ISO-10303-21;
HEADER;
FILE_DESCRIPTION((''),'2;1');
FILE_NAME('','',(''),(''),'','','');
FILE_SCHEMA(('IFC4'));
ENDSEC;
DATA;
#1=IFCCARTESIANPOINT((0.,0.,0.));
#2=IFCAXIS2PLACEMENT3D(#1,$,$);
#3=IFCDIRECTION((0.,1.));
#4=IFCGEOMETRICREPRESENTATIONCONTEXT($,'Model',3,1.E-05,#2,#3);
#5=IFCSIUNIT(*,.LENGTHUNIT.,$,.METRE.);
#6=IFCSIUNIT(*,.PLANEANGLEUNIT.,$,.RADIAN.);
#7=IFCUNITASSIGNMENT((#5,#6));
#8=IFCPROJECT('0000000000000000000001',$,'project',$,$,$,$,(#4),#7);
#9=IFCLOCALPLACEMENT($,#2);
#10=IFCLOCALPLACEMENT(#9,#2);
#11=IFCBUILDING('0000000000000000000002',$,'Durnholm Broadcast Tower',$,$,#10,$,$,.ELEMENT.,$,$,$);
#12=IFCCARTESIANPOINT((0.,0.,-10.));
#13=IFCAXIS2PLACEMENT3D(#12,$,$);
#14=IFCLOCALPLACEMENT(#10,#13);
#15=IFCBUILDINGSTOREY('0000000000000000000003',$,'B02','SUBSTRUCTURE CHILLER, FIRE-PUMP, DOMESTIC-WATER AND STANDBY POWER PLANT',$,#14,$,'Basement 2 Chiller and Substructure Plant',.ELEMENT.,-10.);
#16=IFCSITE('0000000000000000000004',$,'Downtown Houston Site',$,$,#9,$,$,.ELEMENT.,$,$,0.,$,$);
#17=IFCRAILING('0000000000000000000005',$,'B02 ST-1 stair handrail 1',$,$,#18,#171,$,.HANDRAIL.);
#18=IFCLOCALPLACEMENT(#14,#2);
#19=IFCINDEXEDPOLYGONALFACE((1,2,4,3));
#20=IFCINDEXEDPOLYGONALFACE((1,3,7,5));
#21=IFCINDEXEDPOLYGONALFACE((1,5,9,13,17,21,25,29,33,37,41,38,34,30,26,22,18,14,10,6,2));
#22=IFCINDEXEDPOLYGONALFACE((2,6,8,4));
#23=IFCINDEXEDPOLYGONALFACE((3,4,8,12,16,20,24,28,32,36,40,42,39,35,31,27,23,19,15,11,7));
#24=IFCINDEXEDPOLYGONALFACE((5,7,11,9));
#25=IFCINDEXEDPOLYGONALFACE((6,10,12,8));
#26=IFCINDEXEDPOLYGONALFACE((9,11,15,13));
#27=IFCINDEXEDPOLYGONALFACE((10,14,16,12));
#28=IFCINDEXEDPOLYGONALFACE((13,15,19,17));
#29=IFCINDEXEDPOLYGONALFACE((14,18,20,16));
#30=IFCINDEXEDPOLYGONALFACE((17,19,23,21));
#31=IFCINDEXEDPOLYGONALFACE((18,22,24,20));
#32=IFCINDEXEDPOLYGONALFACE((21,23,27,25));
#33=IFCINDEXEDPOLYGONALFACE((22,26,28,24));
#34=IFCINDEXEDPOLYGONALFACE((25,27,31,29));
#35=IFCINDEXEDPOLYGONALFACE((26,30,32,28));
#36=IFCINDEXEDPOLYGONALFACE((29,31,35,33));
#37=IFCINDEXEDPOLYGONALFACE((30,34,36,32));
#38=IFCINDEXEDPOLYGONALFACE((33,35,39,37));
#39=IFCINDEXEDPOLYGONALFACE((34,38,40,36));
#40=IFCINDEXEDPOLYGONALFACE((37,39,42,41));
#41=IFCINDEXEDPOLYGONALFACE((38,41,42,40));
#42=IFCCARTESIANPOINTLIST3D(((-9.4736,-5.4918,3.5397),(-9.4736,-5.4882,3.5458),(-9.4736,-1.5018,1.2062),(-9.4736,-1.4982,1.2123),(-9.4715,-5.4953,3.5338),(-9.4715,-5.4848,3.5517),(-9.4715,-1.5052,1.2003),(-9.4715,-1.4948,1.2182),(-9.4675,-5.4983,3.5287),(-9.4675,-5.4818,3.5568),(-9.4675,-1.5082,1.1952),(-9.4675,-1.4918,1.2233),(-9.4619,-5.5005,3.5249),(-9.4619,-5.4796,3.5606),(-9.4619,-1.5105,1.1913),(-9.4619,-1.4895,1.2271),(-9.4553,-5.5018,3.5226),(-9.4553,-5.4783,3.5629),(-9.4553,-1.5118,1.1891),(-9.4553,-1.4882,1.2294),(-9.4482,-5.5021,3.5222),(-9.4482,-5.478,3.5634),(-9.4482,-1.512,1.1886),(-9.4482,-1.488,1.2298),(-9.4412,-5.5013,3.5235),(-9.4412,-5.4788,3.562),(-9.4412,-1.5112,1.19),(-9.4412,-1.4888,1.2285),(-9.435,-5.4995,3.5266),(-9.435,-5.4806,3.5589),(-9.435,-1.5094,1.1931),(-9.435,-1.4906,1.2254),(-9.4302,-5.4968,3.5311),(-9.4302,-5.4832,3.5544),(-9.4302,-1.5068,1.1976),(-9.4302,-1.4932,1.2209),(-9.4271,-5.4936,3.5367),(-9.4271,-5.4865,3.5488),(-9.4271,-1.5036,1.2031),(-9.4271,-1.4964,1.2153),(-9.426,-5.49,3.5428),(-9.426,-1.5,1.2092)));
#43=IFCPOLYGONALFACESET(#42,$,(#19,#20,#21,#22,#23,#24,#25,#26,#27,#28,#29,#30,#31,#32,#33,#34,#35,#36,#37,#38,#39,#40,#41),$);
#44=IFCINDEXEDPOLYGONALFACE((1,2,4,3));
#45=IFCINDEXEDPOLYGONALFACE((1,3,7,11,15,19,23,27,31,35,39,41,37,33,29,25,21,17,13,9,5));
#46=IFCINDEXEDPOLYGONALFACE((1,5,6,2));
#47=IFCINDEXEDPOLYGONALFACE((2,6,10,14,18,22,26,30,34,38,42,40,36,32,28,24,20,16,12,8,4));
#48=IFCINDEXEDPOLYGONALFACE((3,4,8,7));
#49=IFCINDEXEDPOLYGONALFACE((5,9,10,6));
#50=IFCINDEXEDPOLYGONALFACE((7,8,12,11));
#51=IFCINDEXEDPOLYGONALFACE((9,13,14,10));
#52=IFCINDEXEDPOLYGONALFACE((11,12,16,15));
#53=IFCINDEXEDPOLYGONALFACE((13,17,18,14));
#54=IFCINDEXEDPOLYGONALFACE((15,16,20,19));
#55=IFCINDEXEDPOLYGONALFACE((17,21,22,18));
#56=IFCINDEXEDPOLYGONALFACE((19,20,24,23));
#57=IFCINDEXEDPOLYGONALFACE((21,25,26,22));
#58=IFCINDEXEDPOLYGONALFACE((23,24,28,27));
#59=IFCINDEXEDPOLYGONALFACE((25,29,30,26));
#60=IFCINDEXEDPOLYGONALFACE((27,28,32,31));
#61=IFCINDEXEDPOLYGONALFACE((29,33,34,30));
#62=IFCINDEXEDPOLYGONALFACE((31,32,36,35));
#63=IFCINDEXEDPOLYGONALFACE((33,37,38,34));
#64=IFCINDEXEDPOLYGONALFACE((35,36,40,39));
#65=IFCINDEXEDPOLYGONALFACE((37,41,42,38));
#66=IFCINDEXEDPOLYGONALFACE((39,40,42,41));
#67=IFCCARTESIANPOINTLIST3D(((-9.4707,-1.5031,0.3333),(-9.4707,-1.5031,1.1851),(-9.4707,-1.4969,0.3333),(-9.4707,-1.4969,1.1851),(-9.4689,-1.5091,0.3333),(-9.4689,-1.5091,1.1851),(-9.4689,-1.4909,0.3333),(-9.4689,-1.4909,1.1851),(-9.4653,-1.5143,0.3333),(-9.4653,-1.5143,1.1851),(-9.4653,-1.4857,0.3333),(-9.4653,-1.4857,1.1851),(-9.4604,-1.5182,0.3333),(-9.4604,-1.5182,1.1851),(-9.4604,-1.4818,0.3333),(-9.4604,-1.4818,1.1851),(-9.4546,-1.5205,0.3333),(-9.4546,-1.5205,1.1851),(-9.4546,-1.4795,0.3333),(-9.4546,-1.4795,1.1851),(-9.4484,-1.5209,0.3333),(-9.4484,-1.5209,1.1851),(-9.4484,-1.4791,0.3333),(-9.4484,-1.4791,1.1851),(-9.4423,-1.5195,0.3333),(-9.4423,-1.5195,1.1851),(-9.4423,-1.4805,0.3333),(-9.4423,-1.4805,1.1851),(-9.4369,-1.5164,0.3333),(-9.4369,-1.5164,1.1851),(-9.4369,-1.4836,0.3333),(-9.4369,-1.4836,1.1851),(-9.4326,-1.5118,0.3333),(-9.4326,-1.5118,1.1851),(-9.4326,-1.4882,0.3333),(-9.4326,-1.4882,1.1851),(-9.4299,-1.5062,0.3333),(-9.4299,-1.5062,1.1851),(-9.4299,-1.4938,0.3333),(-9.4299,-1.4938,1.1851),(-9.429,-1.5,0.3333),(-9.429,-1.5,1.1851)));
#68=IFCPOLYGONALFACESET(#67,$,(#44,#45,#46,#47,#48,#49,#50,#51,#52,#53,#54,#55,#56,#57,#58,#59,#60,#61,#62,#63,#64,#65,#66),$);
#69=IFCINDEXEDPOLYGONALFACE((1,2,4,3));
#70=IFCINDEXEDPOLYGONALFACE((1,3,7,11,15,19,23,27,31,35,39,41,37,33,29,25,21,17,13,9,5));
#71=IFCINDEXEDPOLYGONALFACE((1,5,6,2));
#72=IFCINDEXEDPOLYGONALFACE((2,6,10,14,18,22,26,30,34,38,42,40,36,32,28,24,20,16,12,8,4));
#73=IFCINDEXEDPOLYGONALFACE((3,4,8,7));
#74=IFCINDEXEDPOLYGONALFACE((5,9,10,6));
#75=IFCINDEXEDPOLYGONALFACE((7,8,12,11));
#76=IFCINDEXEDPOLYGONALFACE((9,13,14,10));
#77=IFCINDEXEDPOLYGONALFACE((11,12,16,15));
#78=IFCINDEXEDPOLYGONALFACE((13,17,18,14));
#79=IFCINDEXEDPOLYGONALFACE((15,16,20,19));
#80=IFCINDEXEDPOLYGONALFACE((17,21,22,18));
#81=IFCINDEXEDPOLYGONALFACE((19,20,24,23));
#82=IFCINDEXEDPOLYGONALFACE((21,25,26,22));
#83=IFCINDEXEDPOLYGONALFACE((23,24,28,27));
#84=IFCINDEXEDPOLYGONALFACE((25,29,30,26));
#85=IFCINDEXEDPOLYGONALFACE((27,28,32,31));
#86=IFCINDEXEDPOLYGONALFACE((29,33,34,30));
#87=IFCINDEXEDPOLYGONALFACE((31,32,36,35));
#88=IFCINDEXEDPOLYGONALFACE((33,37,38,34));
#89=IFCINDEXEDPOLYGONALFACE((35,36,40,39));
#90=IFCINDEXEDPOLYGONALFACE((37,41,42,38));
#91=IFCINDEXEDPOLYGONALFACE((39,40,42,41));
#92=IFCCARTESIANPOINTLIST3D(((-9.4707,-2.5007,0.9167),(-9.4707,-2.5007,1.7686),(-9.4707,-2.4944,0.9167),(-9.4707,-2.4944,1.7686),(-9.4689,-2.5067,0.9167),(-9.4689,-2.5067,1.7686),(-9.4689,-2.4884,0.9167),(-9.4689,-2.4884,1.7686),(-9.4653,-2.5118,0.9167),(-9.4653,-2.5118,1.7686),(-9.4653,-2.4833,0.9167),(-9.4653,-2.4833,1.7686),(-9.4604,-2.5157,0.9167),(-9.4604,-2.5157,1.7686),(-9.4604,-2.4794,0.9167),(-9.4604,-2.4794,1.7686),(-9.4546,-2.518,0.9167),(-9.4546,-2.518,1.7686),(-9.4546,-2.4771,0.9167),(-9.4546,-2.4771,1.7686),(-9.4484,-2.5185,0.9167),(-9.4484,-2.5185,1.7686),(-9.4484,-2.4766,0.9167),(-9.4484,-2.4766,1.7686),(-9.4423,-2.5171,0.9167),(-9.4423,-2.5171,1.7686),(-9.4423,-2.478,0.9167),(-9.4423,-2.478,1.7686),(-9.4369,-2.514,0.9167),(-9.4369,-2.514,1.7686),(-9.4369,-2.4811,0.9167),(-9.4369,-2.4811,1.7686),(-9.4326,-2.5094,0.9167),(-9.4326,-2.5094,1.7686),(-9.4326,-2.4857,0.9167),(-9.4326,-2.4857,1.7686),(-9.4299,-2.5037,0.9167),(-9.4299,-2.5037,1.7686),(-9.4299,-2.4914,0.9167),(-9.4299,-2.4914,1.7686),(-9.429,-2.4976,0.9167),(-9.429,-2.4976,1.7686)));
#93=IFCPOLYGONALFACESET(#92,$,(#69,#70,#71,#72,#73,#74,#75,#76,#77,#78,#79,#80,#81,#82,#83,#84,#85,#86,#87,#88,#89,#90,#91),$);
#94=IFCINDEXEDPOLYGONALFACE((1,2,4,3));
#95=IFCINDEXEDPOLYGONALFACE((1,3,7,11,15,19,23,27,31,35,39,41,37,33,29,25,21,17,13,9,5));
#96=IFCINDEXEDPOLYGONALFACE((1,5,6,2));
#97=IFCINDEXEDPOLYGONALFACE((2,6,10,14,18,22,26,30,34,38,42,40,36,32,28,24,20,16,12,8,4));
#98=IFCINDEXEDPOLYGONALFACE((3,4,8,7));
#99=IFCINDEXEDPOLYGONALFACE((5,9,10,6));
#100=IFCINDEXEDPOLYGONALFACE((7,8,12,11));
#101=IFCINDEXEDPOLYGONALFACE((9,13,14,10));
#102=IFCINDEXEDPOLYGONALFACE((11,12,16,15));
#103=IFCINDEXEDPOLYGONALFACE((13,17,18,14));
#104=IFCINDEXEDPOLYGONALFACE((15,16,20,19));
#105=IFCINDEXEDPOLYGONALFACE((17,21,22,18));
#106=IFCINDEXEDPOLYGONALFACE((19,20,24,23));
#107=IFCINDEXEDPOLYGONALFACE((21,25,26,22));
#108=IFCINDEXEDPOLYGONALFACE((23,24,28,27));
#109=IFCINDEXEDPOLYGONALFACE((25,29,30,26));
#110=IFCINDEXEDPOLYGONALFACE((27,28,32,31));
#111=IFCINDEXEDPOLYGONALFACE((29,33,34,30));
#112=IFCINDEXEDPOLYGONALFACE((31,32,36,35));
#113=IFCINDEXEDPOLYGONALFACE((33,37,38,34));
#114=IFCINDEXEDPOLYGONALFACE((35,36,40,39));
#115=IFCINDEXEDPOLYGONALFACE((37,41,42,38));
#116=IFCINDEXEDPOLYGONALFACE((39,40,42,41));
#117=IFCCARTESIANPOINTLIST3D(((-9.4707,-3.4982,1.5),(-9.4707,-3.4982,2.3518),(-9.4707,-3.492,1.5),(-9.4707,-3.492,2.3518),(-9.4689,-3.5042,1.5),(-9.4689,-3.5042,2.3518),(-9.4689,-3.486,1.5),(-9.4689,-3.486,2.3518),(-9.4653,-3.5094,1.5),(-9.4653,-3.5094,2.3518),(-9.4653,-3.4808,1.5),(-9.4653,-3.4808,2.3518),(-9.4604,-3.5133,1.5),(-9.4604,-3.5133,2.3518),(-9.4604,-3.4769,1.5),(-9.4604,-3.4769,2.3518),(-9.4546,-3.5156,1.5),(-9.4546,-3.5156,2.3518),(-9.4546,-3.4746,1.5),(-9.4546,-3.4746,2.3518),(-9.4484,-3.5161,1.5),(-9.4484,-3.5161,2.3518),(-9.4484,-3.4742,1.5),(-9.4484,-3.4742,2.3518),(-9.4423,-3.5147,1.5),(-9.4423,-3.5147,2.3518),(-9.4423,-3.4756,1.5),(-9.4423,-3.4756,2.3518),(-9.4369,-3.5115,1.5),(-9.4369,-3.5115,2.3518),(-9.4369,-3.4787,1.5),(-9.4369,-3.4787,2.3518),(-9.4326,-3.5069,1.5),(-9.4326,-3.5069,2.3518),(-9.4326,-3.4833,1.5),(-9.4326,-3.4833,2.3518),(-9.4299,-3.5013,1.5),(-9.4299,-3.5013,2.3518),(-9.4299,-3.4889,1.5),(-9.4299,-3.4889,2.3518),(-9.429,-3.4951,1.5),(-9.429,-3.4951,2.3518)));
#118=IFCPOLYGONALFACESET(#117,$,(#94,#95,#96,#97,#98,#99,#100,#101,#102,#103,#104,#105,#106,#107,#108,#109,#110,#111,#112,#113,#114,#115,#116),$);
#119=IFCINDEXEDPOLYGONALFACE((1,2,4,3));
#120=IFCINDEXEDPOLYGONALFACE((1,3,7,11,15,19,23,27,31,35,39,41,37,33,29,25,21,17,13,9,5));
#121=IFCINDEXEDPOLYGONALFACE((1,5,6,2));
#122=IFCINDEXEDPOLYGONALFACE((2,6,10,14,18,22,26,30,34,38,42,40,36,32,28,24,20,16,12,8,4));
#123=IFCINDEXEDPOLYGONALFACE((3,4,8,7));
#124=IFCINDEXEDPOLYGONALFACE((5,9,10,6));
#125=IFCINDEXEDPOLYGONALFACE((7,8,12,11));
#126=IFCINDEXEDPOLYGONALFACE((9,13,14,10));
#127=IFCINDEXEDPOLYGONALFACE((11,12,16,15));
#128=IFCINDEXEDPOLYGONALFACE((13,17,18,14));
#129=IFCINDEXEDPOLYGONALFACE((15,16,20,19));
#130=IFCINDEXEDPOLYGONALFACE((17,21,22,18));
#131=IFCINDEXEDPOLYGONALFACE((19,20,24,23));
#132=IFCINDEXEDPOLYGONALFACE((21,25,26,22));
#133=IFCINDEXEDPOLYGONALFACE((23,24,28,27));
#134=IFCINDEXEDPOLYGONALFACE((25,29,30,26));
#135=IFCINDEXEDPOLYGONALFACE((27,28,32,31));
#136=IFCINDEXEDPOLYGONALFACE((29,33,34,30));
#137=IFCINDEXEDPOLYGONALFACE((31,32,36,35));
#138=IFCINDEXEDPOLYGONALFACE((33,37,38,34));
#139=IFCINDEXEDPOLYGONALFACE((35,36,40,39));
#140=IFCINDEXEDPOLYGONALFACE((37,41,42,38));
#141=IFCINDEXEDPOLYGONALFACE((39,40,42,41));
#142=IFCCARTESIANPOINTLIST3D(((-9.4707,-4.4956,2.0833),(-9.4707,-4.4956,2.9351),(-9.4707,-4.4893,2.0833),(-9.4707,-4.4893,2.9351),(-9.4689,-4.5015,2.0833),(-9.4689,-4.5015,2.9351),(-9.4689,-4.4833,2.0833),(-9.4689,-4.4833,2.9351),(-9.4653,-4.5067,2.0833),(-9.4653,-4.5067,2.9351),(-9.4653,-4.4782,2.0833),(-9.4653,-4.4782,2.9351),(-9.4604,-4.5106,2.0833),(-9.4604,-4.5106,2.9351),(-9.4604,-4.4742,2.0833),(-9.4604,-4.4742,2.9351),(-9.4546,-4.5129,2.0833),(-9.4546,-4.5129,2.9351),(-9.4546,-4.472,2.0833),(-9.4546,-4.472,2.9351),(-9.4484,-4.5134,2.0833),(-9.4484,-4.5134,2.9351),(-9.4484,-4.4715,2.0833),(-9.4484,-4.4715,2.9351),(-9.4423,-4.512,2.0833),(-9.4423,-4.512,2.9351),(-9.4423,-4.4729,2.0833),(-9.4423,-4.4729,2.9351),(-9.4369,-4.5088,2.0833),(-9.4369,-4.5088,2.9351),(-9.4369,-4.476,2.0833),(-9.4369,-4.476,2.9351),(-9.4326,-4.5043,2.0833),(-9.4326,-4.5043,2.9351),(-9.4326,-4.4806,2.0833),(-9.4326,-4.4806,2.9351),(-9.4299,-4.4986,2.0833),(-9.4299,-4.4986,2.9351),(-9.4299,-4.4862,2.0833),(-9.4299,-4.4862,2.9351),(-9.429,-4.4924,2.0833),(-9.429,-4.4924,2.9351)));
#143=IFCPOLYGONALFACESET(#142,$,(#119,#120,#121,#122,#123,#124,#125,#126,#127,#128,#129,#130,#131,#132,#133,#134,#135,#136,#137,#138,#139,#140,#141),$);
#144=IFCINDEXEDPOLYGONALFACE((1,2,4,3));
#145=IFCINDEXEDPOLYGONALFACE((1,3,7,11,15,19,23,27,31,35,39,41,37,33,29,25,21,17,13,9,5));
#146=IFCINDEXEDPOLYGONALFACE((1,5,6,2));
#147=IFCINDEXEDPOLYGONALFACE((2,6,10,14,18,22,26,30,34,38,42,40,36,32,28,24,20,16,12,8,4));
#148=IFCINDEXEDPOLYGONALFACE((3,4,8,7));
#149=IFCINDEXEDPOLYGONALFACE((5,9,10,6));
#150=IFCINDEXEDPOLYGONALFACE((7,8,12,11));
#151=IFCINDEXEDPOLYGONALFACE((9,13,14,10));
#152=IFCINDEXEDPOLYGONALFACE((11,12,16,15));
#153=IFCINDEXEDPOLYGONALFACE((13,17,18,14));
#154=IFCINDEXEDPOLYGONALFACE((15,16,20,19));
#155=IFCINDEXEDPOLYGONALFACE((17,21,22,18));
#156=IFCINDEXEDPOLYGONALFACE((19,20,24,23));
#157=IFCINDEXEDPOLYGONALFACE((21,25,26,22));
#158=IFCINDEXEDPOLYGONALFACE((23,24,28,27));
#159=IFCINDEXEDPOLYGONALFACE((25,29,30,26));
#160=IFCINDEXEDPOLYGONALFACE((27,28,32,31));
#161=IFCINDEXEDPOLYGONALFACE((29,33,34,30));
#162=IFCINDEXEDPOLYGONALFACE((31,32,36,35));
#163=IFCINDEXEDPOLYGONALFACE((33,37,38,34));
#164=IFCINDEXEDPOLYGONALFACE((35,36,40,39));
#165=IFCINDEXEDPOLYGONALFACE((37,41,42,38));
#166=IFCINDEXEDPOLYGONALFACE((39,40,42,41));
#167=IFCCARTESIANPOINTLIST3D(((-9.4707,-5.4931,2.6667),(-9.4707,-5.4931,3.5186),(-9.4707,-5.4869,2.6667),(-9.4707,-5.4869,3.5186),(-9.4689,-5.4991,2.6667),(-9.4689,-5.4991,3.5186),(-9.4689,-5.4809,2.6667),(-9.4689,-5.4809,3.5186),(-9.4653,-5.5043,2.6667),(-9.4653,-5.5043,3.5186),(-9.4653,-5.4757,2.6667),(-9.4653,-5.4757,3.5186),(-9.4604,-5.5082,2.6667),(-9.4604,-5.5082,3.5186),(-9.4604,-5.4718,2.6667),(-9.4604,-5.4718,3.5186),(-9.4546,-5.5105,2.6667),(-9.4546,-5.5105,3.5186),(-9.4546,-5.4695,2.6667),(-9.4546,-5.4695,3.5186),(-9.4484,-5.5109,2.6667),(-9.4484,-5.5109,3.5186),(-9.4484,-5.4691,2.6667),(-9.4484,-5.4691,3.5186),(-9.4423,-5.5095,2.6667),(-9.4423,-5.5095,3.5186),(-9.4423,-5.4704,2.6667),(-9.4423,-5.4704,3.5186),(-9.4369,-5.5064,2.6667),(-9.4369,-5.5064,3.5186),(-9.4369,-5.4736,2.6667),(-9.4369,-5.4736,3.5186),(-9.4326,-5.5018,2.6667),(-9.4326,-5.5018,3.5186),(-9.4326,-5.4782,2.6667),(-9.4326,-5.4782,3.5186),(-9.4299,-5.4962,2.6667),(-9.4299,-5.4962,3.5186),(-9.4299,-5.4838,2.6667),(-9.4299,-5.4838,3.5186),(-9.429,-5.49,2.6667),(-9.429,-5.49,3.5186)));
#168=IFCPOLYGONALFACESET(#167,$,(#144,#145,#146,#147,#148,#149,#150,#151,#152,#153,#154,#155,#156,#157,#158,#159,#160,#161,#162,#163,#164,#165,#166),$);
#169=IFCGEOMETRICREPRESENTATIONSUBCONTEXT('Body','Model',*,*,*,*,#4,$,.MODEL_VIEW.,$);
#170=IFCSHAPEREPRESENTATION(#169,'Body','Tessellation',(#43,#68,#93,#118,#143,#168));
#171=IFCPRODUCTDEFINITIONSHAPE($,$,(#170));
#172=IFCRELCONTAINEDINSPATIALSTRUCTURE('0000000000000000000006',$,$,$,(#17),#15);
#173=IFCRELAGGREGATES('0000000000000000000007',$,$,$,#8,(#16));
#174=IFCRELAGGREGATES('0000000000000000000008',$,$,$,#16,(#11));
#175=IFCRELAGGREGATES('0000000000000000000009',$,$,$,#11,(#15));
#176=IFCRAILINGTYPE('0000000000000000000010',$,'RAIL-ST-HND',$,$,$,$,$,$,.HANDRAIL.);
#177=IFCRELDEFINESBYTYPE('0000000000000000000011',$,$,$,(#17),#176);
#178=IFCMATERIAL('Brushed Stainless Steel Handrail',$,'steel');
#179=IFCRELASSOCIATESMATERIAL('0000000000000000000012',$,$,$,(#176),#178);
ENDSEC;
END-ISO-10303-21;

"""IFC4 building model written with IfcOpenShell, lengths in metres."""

from ifc_helpers import new_model, si_unit, direction, frame, origin, origin_2d, place, context, subcontext, project, spatial, circle, extrude, material, type_object, element, save


model = new_model("IFC4")

# Units and contexts
model_context = context("Model", 3, precision=1e-05, world=origin(), true_north=direction((0.0, 1.0)))
body_context = subcontext(model_context, "Body", "Model", "MODEL_VIEW")
ifc_project = project(units=[si_unit("LENGTHUNIT", "METRE"), si_unit("PLANEANGLEUNIT", "RADIAN")], contexts=[model_context])

# Site, building, storey
site_placement = place(None, origin())
site = spatial("IfcSite", under=ifc_project, at=site_placement, Name="Downtown Houston Site", CompositionType="ELEMENT", RefElevation=0.0)
building_placement = place(site_placement, origin())
building = spatial("IfcBuilding", under=site, at=building_placement, Name="Durnholm Broadcast Tower", CompositionType="ELEMENT")
storey_placement = place(building_placement, frame((0.0, 0.0, -10.0)))
storey = spatial("IfcBuildingStorey", under=building, at=storey_placement, Name="B02", Description="SUBSTRUCTURE CHILLER, FIRE-PUMP, DOMESTIC-WATER AND STANDBY POWER PLANT", LongName="Basement 2 Chiller and Substructure Plant", CompositionType="ELEMENT", Elevation=-10.0)

# Railing
ifc_material_1 = material(Name="Brushed Stainless Steel Handrail", Category="steel")
railing_type_1 = type_object("IfcRailingType", Name="RAIL-ST-HND", PredefinedType="HANDRAIL", material=ifc_material_1)
railing_1_placement = place(storey_placement, frame((-9.45, -1.5, 0.3333)))
element("IfcRailing", 1, at=railing_1_placement, inside=storey, type_object=railing_type_1, Name="B02 ST-1 stair handrail 1", PredefinedType="HANDRAIL", context=body_context, shape_type="SweptSolid", body=[
    extrude(circle(Radius=0.0239, at=origin_2d()), frame((0.0, 0.0, 0.876), z_axis=(0.0, -0.863213, 0.50484), x_axis=(1.0, 0.0, 0.0)), (0.0, 0.0, 1.0), 4.6223),
    extrude(circle(Radius=0.021, at=origin_2d()), origin(), (0.0, 0.0, 1.0), 0.8518),
    extrude(circle(Radius=0.021, at=origin_2d()), frame((0.0, -0.9976, 0.5835)), (0.0, 0.0, 1.0), 0.8518),
    extrude(circle(Radius=0.021, at=origin_2d()), frame((0.0, -1.9951, 1.1667)), (0.0, 0.0, 1.0), 0.8518),
    extrude(circle(Radius=0.021, at=origin_2d()), frame((0.0, -2.9924, 1.75)), (0.0, 0.0, 1.0), 0.8518),
    extrude(circle(Radius=0.021, at=origin_2d()), frame((0.0, -3.99, 2.3335)), (0.0, 0.0, 1.0), 0.8518),
])

save(model, "model.ifc")
